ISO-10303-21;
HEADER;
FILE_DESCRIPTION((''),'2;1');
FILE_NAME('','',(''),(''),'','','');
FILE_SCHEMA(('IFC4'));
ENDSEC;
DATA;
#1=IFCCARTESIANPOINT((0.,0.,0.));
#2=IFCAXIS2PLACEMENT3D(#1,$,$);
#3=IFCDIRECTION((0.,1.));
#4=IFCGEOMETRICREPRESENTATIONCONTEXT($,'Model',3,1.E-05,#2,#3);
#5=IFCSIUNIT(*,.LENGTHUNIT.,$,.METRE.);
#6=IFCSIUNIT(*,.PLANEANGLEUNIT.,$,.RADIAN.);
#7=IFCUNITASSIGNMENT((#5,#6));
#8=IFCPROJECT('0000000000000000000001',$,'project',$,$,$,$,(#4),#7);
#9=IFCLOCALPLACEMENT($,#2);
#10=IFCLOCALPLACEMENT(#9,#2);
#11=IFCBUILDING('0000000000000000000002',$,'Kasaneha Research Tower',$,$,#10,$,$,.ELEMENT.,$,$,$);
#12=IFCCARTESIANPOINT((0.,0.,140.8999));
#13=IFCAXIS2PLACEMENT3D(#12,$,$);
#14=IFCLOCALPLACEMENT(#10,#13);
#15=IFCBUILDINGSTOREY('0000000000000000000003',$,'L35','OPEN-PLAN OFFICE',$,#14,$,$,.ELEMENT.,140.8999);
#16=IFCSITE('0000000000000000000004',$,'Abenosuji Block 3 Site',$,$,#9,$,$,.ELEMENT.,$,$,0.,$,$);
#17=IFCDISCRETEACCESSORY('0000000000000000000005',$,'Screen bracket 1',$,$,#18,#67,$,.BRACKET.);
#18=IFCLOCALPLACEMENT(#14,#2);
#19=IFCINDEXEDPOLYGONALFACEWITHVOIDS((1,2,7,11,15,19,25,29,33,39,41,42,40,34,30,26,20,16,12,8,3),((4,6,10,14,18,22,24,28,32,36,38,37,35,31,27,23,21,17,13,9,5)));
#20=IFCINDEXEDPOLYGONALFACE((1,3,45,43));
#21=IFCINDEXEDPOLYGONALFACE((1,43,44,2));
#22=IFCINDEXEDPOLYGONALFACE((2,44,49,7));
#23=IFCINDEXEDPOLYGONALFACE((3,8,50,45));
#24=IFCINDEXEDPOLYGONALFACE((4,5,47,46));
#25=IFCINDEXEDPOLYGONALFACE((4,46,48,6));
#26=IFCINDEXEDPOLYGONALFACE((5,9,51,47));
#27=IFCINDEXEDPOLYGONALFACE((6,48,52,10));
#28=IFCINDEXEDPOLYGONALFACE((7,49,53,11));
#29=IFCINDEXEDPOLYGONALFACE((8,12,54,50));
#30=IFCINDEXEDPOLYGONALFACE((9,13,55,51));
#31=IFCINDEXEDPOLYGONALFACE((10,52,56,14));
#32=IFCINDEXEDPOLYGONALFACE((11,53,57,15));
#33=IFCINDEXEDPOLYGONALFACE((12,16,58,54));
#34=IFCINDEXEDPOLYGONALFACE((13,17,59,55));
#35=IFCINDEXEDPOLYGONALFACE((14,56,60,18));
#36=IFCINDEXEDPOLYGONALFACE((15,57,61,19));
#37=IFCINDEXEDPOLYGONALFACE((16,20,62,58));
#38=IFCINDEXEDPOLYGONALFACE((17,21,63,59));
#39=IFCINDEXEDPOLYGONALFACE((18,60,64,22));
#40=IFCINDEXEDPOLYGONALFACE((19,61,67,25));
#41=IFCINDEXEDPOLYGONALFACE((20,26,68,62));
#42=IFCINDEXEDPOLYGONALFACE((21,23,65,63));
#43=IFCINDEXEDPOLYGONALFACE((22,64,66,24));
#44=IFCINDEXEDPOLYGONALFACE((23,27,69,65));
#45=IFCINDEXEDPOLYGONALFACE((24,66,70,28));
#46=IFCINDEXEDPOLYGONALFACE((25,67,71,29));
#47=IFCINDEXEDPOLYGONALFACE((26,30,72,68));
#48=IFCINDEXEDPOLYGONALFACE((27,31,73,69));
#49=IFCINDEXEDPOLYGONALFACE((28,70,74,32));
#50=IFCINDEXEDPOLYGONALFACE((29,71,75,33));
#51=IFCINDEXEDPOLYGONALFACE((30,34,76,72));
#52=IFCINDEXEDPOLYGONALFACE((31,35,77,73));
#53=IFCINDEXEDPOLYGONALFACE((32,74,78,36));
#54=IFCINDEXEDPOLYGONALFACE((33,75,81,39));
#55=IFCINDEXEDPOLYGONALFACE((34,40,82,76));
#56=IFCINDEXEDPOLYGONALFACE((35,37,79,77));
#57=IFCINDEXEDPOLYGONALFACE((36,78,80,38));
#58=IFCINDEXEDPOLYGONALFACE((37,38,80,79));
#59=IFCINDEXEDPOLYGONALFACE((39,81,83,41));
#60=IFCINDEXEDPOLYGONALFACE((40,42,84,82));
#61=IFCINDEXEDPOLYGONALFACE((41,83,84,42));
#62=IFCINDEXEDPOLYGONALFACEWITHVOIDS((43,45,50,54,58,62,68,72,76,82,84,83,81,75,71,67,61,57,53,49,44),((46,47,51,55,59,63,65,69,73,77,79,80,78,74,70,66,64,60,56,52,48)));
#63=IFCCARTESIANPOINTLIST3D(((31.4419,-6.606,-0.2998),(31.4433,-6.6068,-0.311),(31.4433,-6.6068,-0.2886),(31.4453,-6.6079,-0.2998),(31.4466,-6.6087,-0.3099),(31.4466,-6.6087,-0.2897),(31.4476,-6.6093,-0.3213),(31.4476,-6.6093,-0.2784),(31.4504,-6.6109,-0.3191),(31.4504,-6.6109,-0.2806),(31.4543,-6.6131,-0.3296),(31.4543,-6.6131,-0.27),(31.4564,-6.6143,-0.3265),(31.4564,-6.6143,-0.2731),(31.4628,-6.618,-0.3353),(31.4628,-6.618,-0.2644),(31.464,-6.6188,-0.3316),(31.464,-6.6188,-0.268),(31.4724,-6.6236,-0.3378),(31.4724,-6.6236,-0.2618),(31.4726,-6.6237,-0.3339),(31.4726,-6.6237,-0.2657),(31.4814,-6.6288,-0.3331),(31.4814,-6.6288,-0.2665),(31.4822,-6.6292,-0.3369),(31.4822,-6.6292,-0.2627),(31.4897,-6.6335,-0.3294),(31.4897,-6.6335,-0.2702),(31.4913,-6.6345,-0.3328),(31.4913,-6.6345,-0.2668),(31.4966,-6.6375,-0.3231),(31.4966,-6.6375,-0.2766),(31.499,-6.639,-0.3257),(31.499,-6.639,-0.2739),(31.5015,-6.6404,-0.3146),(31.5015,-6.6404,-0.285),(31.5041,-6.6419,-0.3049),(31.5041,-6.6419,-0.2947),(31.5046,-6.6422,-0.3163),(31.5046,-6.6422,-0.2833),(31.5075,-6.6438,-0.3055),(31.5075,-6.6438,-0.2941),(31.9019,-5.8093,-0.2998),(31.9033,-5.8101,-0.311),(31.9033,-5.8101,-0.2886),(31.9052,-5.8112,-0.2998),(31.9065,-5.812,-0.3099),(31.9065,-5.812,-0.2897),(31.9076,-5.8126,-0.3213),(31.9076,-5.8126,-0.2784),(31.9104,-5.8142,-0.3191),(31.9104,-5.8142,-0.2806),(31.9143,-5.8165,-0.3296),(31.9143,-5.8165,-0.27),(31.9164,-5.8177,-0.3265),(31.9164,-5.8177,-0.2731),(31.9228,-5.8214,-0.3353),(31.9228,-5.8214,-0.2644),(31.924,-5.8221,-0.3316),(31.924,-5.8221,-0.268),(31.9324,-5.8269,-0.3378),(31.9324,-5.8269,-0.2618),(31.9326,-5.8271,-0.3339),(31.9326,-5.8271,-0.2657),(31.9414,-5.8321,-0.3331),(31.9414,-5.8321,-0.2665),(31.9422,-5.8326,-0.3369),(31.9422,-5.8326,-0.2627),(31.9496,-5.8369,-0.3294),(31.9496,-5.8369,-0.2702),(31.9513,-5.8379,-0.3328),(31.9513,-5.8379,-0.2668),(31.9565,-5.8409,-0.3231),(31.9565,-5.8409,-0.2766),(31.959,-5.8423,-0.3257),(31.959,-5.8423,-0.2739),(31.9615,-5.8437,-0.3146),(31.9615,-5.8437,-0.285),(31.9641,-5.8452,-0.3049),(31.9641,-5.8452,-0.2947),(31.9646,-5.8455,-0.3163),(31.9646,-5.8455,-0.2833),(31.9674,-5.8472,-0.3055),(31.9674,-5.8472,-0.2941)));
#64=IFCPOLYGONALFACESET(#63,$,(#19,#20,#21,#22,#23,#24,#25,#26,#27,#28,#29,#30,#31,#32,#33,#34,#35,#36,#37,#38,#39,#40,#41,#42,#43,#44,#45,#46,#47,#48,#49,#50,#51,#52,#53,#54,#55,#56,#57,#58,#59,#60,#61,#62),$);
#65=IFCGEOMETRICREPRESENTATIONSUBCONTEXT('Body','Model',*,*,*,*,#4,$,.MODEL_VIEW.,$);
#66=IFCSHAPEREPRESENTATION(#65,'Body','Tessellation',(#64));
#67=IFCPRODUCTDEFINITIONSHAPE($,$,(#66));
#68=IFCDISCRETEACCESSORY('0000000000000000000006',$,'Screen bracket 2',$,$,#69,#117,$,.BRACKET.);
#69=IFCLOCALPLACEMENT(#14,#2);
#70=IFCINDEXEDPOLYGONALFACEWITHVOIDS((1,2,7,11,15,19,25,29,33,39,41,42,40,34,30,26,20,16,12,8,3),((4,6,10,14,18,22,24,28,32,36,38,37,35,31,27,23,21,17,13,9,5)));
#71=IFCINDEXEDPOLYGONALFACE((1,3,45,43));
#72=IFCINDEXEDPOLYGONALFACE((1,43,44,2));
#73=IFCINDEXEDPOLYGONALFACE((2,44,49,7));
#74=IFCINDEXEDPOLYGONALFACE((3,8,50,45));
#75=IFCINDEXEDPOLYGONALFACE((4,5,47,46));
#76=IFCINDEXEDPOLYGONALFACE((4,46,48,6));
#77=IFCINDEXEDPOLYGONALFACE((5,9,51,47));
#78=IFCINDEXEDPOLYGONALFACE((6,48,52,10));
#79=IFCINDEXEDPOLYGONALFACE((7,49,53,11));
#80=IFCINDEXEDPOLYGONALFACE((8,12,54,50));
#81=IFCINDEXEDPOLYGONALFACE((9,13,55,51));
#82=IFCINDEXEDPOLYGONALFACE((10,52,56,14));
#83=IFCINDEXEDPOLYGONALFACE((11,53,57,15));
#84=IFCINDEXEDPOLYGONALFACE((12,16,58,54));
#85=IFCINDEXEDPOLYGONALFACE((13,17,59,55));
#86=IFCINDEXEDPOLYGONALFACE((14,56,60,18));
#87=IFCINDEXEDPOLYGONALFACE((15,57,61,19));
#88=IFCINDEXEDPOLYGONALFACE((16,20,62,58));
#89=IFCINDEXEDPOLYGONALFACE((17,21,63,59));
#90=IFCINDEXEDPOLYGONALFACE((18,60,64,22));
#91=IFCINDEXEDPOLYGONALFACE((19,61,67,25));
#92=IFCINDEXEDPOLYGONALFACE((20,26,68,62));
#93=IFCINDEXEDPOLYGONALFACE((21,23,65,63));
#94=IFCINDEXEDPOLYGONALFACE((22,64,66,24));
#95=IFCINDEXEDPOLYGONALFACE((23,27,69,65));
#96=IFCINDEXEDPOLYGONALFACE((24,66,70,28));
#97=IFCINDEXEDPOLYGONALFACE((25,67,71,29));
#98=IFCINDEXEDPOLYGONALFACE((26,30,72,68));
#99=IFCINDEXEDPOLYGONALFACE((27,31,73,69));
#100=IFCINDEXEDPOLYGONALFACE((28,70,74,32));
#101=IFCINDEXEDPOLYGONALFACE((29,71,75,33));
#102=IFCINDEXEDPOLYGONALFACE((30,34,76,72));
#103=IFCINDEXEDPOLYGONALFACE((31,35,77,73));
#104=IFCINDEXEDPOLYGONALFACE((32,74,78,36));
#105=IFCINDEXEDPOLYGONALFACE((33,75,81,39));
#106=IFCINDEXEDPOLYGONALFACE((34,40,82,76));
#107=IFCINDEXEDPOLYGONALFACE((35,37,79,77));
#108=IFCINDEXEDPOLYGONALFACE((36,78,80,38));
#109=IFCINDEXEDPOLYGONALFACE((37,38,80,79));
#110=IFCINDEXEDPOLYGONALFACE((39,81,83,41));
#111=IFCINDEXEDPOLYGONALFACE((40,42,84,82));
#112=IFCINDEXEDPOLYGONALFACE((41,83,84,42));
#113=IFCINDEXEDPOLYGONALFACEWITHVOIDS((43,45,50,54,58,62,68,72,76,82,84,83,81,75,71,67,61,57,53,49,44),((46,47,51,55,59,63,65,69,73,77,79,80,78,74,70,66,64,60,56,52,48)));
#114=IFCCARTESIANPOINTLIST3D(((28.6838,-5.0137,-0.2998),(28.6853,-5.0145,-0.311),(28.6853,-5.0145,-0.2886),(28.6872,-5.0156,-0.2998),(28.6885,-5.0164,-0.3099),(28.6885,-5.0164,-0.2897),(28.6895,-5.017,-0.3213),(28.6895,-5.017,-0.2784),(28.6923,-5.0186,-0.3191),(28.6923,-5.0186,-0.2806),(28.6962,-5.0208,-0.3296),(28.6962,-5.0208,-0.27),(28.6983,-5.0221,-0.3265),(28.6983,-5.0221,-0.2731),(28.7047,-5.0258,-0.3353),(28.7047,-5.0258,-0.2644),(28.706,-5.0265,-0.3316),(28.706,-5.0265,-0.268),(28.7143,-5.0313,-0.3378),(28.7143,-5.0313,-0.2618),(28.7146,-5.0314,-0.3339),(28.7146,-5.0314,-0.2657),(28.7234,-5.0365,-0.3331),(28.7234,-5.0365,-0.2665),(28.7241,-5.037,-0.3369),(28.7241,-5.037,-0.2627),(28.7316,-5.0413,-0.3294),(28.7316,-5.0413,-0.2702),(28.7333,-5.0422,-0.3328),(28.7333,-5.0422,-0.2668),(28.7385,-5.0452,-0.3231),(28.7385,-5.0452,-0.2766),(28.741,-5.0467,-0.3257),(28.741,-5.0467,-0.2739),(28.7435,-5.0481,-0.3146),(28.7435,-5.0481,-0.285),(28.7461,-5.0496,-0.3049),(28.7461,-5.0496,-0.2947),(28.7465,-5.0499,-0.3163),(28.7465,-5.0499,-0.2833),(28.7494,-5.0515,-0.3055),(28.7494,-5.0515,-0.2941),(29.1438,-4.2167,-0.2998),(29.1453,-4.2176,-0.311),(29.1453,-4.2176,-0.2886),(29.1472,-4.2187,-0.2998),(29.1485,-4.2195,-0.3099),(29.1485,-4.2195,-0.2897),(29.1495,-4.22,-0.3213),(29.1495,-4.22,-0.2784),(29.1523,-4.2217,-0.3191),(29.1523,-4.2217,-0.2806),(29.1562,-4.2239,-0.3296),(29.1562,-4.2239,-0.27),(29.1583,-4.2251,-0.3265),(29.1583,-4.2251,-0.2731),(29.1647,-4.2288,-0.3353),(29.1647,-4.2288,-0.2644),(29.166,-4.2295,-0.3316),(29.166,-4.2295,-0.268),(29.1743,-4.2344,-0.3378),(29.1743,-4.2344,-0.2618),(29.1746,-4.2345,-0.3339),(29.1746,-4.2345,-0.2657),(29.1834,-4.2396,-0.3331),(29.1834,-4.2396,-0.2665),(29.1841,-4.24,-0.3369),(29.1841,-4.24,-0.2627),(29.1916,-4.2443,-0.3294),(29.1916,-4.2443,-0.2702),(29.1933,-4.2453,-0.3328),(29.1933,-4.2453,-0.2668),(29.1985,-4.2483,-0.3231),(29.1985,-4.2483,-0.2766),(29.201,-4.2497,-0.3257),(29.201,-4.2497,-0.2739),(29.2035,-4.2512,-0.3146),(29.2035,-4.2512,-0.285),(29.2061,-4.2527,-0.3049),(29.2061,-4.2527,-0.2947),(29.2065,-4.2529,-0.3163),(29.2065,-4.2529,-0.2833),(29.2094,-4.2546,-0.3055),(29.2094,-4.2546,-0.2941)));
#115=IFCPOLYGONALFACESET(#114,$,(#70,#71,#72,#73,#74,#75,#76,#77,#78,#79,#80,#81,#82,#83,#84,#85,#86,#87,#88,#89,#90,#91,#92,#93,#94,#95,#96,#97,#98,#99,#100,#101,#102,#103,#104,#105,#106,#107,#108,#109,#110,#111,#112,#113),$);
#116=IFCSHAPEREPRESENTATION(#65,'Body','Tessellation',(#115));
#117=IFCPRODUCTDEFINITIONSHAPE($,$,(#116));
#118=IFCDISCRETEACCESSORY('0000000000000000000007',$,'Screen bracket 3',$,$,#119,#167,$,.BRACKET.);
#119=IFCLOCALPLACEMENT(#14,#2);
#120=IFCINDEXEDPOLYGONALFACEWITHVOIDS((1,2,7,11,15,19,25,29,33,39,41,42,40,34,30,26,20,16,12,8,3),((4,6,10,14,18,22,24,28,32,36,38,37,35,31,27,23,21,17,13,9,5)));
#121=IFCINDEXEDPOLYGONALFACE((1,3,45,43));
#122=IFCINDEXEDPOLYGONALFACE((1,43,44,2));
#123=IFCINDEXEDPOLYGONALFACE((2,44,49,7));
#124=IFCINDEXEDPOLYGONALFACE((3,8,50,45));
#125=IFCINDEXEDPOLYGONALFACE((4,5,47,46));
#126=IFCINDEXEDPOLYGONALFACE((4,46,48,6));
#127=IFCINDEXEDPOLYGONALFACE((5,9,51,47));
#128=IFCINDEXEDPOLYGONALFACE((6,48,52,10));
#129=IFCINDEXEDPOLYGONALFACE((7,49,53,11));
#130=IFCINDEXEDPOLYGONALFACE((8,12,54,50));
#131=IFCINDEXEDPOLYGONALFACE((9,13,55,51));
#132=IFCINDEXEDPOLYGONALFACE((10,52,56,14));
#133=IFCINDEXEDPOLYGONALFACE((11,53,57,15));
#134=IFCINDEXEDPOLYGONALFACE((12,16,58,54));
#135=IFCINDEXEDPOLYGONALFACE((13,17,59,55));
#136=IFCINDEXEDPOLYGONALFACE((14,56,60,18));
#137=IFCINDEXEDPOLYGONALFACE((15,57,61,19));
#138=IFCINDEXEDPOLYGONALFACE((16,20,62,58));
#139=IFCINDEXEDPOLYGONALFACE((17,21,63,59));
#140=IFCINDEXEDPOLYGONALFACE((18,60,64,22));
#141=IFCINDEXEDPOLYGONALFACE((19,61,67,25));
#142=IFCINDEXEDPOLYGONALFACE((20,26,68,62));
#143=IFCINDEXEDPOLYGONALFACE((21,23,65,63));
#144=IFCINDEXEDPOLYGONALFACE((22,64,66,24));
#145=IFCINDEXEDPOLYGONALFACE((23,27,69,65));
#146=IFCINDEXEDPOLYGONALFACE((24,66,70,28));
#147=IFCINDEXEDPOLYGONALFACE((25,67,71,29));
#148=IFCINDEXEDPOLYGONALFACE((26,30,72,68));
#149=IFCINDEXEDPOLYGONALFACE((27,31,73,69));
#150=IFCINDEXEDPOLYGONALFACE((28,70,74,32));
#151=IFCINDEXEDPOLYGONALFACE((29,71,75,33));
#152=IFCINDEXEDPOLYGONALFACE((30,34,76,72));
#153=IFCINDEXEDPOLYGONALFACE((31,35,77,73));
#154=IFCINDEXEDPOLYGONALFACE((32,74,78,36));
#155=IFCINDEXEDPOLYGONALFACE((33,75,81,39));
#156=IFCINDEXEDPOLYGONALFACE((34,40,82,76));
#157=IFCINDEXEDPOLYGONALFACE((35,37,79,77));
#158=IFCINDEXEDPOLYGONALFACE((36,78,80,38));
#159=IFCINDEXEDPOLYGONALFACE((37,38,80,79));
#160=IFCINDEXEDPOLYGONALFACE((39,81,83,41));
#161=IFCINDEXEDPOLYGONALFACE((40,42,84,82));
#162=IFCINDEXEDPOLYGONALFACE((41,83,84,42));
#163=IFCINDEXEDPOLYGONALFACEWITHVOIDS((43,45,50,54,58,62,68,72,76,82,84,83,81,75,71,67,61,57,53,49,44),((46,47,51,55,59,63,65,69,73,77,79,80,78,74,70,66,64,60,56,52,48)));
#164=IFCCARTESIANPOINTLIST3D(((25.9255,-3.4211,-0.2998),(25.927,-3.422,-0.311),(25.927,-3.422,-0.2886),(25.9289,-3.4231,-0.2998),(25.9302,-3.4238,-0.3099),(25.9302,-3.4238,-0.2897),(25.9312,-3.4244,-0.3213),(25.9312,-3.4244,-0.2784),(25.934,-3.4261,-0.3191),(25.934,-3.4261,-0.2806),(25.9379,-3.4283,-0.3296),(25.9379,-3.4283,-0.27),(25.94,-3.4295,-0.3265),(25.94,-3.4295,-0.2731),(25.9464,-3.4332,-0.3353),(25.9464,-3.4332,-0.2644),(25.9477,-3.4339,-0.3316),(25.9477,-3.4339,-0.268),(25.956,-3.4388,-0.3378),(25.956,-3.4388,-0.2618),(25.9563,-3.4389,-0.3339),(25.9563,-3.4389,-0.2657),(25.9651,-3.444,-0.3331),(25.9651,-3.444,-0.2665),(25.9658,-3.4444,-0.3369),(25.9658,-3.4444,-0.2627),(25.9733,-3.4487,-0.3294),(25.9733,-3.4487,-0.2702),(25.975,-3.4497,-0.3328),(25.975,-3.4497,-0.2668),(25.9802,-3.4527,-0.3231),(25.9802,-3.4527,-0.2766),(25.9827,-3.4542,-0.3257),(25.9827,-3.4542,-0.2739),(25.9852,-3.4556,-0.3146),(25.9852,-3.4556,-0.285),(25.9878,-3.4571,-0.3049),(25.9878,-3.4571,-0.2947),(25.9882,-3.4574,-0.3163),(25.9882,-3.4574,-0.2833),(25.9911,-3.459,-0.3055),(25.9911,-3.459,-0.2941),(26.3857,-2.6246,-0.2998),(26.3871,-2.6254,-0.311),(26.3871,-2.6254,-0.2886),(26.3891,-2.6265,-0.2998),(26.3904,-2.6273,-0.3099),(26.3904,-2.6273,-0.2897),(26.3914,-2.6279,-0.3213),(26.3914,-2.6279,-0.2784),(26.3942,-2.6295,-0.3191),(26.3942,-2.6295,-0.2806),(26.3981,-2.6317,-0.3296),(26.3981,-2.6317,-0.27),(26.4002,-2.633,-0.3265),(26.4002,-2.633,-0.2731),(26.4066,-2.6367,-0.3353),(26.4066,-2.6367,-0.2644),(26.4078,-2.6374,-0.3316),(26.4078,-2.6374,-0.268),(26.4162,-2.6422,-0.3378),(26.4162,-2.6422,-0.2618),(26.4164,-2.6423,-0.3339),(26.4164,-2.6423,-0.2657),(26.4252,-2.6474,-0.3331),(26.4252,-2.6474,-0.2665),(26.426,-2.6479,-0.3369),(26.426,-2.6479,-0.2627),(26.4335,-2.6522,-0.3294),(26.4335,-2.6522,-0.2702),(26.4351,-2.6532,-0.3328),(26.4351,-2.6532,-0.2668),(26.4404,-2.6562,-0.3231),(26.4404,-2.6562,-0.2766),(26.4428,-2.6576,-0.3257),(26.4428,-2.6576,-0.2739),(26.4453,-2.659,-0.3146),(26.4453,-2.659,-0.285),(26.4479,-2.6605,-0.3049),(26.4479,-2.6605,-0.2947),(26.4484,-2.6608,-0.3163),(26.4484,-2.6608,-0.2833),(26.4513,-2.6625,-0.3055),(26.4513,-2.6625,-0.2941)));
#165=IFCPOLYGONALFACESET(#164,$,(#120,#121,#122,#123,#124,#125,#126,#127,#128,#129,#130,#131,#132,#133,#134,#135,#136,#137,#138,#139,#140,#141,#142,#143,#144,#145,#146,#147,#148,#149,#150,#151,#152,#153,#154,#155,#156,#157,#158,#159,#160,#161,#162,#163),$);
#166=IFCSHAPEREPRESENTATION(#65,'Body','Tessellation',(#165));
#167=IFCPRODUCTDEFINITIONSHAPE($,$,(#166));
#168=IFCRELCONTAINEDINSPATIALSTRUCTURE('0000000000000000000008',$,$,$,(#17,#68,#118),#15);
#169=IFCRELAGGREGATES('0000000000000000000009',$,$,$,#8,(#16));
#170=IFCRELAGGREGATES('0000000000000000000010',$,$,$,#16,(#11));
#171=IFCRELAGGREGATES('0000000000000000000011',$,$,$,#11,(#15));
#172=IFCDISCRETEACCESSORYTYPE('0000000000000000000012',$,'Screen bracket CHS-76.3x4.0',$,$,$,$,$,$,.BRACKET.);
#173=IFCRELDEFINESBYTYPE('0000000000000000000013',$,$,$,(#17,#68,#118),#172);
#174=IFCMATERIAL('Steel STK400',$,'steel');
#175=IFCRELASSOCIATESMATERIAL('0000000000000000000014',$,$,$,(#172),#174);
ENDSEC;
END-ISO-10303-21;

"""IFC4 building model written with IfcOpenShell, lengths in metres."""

from ifc_helpers import new_model, si_unit, direction, frame, origin, origin_2d, place, context, subcontext, project, spatial, hollow_circle, extrude, material, material_profile, profile_set, type_object, element, save


model = new_model("IFC4")

# Units and contexts
model_context = context("Model", 3, precision=1e-05, world=origin(), true_north=direction((0.0, 1.0)))
body_context = subcontext(model_context, "Body", "Model", "MODEL_VIEW")
ifc_project = project(units=[si_unit("LENGTHUNIT", "METRE"), si_unit("PLANEANGLEUNIT", "RADIAN")], contexts=[model_context])

# Site, building, storey
site_placement = place(None, origin())
site = spatial("IfcSite", under=ifc_project, at=site_placement, Name="Abenosuji Block 3 Site", CompositionType="ELEMENT", RefElevation=0.0)
building_placement = place(site_placement, origin())
building = spatial("IfcBuilding", under=site, at=building_placement, Name="Kasaneha Research Tower", CompositionType="ELEMENT")
storey_placement = place(building_placement, frame((0.0, 0.0, 140.8999)))
storey = spatial("IfcBuildingStorey", under=building, at=storey_placement, Name="L35", Description="OPEN-PLAN OFFICE", CompositionType="ELEMENT", Elevation=140.8999)

# Discrete accessories
ifc_material_1 = material(Name="Steel STK400", Category="steel")
ifc_material_profile_1 = material_profile(ifc_material_1, hollow_circle(Radius=0.0381, WallThickness=0.0039, at=origin_2d()), Name="CHS-76.3x4.0")
ifc_profile_set_1 = profile_set([ifc_material_profile_1], Name="Steel STK400")
discrete_accessory_type = type_object("IfcDiscreteAccessoryType", Name="Screen bracket CHS-76.3x4.0", PredefinedType="BRACKET", material=ifc_profile_set_1)
discrete_accessory_1_placement = place(storey_placement, frame((31.4749, -6.625, -0.2998), z_axis=(0.500021, 0.866013, 0.0), x_axis=(-0.866013, 0.500021, 0.0)))
element("IfcDiscreteAccessory", 1, at=discrete_accessory_1_placement, inside=storey, type_object=discrete_accessory_type, Name="Screen bracket 1", PredefinedType="BRACKET", context=body_context, shape_type="SweptSolid", body=[
    extrude(hollow_circle(Radius=0.0381, WallThickness=0.0039, at=origin_2d()), origin(), (0.0, 0.0, 1.0), 0.9199),
])
discrete_accessory_2_placement = place(storey_placement, frame((28.7168, -5.0327, -0.2998), z_axis=(0.499906, 0.86608, 0.0), x_axis=(-0.86608, 0.499906, 0.0)))
element("IfcDiscreteAccessory", 2, at=discrete_accessory_2_placement, inside=storey, type_object=discrete_accessory_type, Name="Screen bracket 2", PredefinedType="BRACKET", context=body_context, shape_type="SweptSolid", body=[
    extrude(hollow_circle(Radius=0.0381, WallThickness=0.0039, at=origin_2d()), origin(), (0.0, 0.0, 1.0), 0.9202),
])
discrete_accessory_3_placement = place(storey_placement, frame((25.9585, -3.4402, -0.2998), z_axis=(0.50022, 0.865898, 0.0), x_axis=(-0.865898, 0.50022, 0.0)))
element("IfcDiscreteAccessory", 3, at=discrete_accessory_3_placement, inside=storey, type_object=discrete_accessory_type, Name="Screen bracket 3", PredefinedType="BRACKET", context=body_context, shape_type="SweptSolid", body=[
    extrude(hollow_circle(Radius=0.0381, WallThickness=0.0039, at=origin_2d()), origin(), (0.0, 0.0, 1.0), 0.9199),
])

save(model, "model.ifc")
